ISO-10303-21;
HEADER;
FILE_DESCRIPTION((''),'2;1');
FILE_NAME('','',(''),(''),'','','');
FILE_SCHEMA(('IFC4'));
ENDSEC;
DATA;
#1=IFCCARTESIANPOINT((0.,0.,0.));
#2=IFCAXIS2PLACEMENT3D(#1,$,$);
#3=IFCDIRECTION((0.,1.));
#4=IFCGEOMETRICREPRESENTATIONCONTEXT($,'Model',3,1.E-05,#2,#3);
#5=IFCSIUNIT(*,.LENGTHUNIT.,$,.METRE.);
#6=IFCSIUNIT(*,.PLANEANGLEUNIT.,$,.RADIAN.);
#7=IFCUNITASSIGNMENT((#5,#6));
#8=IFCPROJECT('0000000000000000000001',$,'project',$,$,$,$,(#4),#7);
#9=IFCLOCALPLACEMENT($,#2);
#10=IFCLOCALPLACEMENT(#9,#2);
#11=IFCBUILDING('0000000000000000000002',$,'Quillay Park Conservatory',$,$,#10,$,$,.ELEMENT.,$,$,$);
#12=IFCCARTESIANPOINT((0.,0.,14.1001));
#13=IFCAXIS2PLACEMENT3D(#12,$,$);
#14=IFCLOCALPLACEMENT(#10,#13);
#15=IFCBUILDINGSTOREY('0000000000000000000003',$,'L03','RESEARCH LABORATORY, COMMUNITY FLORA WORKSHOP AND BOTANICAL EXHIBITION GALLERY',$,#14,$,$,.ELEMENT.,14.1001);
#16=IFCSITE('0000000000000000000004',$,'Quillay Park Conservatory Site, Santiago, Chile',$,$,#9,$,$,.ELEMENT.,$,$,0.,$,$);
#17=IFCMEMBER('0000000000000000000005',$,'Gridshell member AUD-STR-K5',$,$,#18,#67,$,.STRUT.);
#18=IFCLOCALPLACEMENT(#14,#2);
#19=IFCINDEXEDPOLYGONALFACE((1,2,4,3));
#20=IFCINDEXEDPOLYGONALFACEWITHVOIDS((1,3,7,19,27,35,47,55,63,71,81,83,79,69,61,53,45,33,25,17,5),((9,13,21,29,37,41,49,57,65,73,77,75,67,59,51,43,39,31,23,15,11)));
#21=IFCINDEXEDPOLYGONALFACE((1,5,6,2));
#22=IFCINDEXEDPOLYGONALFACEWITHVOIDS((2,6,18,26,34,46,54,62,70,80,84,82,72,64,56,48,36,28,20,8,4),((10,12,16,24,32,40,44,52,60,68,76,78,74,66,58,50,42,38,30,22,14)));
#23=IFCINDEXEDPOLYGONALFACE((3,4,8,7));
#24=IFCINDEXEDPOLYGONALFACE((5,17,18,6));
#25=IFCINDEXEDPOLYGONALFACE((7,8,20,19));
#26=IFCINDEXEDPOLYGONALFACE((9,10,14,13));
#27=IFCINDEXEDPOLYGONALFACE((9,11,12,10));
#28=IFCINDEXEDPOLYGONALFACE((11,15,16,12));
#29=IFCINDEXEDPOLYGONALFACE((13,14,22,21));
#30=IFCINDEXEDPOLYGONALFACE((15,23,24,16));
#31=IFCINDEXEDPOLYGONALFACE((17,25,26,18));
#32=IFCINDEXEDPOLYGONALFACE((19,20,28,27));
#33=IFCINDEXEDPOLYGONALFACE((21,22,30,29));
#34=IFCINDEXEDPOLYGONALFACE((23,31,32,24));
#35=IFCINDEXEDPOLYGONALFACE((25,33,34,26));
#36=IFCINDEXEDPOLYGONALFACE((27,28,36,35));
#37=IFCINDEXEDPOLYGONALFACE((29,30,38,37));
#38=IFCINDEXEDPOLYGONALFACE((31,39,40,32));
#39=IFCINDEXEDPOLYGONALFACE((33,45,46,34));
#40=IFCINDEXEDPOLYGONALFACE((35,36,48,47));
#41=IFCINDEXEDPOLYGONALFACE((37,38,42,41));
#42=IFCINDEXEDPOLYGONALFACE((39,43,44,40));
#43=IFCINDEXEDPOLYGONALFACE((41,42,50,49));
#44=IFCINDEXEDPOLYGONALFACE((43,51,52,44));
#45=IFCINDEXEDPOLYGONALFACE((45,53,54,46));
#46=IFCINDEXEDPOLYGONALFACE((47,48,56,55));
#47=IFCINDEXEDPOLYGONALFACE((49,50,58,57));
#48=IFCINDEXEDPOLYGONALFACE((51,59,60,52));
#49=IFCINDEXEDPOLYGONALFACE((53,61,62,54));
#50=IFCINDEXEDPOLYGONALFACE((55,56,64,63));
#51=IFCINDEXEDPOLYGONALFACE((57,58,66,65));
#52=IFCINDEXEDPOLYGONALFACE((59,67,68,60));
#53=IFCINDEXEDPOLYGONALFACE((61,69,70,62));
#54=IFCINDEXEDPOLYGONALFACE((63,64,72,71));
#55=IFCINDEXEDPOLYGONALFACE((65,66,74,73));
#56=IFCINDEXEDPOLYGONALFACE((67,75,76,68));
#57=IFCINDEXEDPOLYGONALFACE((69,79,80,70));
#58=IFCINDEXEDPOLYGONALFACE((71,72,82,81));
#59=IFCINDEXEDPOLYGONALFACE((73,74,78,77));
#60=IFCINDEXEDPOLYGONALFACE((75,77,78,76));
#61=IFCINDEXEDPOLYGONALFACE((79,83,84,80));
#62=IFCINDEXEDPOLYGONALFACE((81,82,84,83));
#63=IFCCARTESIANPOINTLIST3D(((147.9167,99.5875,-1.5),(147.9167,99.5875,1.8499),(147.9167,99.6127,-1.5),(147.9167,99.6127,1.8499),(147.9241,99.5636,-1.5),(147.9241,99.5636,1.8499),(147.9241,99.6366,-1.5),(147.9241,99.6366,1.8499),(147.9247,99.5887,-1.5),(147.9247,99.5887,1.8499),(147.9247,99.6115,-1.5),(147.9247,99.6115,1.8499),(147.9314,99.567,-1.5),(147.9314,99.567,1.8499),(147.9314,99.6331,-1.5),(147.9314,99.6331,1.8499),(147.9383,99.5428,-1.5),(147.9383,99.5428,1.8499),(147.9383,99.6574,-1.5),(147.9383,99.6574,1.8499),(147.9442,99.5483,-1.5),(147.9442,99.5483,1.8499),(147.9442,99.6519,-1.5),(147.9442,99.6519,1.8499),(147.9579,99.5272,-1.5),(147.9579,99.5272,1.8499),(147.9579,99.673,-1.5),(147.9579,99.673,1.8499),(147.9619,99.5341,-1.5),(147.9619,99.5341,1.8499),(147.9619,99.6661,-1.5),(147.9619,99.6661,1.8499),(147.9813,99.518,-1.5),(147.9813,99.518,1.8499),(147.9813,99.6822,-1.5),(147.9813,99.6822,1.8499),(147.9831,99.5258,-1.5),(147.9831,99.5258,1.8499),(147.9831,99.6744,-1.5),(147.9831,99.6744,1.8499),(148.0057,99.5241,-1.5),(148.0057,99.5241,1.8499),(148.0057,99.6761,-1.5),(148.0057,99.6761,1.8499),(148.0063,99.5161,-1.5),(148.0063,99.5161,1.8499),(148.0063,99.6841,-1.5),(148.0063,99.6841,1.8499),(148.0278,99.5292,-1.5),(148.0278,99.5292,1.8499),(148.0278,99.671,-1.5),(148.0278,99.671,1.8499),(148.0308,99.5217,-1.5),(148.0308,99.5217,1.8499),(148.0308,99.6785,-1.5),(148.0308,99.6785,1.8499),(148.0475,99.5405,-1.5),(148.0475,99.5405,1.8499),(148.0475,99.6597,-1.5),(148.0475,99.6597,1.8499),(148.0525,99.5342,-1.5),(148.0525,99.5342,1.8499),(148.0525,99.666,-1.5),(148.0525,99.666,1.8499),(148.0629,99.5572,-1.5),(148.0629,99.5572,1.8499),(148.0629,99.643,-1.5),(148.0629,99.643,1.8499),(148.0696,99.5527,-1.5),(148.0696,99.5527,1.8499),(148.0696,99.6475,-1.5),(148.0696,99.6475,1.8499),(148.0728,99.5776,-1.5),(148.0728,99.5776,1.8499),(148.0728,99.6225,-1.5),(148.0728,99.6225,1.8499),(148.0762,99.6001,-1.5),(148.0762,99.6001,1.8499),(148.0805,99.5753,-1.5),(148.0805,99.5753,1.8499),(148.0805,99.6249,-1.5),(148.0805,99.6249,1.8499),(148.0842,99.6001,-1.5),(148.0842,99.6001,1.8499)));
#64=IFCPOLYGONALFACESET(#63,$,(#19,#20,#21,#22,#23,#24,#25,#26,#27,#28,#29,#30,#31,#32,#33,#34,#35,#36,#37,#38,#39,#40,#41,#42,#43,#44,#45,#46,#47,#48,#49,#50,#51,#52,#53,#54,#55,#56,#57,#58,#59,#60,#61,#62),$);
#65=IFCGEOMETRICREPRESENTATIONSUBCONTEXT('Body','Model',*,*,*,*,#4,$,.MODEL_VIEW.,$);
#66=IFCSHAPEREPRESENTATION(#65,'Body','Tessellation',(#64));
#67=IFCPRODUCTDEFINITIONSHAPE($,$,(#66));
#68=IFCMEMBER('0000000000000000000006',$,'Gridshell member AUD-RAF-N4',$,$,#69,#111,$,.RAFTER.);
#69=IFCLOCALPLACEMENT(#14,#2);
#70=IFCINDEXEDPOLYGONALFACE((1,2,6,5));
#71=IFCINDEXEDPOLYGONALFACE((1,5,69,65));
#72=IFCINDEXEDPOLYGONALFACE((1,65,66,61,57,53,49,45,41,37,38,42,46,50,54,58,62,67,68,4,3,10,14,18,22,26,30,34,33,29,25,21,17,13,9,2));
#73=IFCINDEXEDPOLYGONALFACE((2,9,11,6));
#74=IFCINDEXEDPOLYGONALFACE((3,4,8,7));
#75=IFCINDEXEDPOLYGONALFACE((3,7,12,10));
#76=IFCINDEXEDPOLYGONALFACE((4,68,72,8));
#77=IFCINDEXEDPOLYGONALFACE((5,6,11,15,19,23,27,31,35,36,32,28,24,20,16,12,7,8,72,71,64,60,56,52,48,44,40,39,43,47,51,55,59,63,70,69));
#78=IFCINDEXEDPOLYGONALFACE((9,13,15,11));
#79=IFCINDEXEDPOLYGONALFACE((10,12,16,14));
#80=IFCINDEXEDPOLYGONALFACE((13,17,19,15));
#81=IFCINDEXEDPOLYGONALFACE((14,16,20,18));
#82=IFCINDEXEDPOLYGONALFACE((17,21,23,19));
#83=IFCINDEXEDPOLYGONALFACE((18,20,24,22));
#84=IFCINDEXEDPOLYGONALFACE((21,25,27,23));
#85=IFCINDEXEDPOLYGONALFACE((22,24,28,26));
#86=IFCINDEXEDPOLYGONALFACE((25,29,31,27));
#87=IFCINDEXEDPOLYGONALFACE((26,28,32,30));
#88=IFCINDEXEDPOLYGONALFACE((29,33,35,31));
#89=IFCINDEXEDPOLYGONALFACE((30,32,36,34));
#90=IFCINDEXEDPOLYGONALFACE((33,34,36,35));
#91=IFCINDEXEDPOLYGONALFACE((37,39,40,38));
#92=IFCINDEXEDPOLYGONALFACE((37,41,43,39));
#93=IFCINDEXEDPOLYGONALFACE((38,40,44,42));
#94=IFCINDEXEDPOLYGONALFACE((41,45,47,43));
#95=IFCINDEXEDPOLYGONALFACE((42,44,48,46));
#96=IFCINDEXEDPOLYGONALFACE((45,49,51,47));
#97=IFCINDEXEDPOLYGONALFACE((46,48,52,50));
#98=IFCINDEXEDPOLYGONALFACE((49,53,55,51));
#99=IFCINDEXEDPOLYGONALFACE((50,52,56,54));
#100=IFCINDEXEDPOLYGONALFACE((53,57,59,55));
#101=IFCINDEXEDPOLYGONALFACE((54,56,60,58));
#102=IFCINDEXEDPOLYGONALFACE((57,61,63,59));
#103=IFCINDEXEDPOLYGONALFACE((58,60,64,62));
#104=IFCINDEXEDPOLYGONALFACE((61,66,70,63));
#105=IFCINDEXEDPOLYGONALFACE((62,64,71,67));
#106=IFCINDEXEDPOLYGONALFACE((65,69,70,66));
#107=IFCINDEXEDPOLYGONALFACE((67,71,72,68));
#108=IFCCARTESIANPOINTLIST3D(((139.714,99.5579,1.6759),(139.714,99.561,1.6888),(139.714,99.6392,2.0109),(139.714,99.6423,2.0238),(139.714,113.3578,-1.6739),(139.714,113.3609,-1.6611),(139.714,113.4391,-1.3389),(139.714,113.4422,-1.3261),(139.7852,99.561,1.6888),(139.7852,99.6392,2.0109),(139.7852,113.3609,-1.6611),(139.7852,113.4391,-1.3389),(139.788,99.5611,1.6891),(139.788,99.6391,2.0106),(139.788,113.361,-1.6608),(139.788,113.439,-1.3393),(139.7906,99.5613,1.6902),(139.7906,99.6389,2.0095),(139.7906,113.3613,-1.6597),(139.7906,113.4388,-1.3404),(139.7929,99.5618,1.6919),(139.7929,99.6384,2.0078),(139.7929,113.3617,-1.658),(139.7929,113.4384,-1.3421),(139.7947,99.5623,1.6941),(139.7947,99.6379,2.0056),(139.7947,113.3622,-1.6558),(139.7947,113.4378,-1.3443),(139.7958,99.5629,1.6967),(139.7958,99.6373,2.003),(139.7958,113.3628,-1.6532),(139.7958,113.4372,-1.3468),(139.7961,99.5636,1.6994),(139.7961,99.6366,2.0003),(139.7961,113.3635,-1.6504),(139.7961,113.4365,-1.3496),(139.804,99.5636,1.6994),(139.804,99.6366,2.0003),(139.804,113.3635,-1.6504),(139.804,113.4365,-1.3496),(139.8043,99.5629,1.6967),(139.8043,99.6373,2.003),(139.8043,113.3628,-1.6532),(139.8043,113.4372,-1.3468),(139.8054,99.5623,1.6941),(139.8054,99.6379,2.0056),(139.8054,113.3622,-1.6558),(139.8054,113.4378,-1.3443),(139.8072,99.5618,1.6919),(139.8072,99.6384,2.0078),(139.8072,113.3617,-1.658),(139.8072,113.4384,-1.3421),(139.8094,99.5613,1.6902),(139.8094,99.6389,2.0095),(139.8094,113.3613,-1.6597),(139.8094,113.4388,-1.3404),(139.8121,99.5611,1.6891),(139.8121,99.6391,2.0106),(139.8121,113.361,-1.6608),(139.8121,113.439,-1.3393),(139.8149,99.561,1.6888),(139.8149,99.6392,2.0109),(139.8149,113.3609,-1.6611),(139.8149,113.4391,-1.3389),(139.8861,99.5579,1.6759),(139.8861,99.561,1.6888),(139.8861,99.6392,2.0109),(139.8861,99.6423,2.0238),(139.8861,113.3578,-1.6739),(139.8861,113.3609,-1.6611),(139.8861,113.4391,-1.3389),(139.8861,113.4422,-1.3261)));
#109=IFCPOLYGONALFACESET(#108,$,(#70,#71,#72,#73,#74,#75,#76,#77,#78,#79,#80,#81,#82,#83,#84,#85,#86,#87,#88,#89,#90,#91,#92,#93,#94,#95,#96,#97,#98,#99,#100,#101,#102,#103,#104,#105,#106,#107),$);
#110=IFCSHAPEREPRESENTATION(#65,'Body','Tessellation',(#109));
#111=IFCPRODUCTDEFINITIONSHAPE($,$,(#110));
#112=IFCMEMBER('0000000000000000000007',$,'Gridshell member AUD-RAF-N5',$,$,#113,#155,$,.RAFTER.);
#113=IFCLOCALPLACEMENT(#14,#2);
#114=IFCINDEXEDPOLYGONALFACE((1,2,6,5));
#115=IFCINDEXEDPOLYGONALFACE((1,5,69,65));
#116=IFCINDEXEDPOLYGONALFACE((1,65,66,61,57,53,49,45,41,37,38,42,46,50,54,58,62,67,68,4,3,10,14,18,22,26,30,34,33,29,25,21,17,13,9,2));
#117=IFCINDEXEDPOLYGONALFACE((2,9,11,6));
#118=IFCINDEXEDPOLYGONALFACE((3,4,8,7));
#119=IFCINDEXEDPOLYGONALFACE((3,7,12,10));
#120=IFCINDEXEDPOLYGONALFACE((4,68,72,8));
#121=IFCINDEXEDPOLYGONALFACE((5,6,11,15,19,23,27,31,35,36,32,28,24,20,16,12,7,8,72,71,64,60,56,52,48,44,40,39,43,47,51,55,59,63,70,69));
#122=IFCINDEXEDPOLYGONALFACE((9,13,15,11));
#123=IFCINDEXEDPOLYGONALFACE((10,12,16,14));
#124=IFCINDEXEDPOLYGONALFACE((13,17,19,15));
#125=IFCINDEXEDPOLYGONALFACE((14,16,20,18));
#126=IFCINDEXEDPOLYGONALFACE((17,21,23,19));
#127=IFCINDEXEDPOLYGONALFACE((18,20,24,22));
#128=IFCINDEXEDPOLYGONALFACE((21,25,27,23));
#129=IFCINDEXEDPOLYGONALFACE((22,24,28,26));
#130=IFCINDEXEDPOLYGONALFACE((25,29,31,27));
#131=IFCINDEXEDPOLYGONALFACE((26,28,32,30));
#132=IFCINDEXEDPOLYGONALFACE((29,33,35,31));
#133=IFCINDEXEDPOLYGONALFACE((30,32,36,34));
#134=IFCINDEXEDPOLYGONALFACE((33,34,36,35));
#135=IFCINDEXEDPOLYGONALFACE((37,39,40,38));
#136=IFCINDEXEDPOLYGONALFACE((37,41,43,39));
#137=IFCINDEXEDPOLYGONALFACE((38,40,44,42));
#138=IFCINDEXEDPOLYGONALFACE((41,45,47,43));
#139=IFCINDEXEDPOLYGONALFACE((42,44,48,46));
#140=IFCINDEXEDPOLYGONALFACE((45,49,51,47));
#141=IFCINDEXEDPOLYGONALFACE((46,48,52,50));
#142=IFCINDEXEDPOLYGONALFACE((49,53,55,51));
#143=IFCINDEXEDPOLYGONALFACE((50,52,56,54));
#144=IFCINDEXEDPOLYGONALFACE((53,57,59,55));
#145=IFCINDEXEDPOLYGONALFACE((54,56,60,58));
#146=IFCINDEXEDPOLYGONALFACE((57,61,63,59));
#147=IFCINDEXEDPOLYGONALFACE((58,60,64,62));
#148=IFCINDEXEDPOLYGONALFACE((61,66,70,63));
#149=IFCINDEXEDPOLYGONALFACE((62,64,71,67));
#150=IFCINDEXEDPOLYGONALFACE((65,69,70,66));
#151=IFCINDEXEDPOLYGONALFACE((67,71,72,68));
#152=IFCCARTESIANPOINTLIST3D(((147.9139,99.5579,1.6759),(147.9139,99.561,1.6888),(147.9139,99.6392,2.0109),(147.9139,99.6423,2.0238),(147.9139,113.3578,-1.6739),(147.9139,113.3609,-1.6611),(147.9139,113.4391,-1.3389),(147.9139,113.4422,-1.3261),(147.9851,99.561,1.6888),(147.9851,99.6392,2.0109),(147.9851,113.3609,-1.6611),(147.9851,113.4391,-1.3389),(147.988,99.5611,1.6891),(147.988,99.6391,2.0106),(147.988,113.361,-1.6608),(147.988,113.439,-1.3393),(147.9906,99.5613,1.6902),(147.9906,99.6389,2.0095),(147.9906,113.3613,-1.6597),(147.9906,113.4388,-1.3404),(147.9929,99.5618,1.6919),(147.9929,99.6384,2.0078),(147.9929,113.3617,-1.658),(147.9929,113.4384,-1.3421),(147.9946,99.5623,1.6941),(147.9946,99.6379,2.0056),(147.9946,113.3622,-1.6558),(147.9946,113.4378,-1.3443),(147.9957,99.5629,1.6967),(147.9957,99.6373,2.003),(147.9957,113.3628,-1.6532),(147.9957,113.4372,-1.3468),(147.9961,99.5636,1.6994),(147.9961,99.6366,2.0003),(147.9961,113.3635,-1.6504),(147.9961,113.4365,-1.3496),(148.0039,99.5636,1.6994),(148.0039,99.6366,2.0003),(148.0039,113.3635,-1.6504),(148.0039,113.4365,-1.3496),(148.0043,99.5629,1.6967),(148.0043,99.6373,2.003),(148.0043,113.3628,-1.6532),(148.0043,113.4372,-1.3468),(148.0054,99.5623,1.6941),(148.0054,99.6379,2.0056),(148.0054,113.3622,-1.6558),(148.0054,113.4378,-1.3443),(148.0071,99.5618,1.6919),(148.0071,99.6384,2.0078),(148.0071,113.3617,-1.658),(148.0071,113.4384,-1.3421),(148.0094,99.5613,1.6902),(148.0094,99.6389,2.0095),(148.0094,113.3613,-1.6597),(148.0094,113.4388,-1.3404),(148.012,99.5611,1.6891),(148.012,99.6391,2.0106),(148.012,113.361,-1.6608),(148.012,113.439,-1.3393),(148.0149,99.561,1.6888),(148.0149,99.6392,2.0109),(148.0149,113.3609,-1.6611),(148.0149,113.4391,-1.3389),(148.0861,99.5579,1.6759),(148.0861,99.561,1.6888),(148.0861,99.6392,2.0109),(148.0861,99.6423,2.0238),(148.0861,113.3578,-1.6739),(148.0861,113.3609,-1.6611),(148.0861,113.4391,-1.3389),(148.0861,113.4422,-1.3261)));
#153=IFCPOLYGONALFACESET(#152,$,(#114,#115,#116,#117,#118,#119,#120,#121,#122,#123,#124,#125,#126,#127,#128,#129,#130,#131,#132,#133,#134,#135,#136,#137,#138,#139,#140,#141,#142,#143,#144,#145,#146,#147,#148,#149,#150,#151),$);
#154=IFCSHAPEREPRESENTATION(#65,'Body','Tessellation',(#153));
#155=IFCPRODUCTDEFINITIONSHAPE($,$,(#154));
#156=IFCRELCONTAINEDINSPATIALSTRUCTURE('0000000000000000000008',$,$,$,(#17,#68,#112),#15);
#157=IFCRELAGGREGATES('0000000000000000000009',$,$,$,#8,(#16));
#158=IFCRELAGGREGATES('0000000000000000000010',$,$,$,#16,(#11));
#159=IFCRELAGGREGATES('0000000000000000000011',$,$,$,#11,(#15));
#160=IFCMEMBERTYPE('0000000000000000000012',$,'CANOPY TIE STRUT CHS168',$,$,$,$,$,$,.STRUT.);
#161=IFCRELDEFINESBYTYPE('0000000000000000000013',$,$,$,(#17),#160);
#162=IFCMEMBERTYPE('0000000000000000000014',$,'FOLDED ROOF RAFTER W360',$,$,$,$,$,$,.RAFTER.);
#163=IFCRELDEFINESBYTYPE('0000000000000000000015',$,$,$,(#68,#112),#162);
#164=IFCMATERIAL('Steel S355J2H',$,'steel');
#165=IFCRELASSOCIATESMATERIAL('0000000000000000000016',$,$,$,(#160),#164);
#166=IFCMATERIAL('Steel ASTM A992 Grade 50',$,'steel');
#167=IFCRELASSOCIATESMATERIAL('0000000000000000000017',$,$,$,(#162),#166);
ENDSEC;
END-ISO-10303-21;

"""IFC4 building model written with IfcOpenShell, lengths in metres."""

from ifc_helpers import new_model, si_unit, direction, frame, origin, origin_2d, place, context, subcontext, project, spatial, hollow_circle, i_section, extrude, material, material_profile, profile_set, type_object, element, save


model = new_model("IFC4")

# Units and contexts
model_context = context("Model", 3, precision=1e-05, world=origin(), true_north=direction((0.0, 1.0)))
body_context = subcontext(model_context, "Body", "Model", "MODEL_VIEW")
ifc_project = project(units=[si_unit("LENGTHUNIT", "METRE"), si_unit("PLANEANGLEUNIT", "RADIAN")], contexts=[model_context])

# Site, building, storey
site_placement = place(None, origin())
site = spatial("IfcSite", under=ifc_project, at=site_placement, Name="Quillay Park Conservatory Site, Santiago, Chile", CompositionType="ELEMENT", RefElevation=0.0)
building_placement = place(site_placement, origin())
building = spatial("IfcBuilding", under=site, at=building_placement, Name="Quillay Park Conservatory", CompositionType="ELEMENT")
storey_placement = place(building_placement, frame((0.0, 0.0, 14.1001)))
storey = spatial("IfcBuildingStorey", under=building, at=storey_placement, Name="L03", Description="RESEARCH LABORATORY, COMMUNITY FLORA WORKSHOP AND BOTANICAL EXHIBITION GALLERY", CompositionType="ELEMENT", Elevation=14.1001)

# Members
ifc_material_1 = material(Name="Steel S355J2H", Category="steel")
ifc_material_profile_1 = material_profile(ifc_material_1, hollow_circle(Radius=0.0842, WallThickness=0.0081, at=origin_2d()), Name="CHS168.3x8")
ifc_profile_set_1 = profile_set([ifc_material_profile_1], Name="Steel S355J2H")
member_type_1 = type_object("IfcMemberType", Name="CANOPY TIE STRUT CHS168", PredefinedType="STRUT", material=ifc_profile_set_1)
for number, where, z_axis, x_axis, name in (
    (1, (148.0, 99.6001, -1.5), (0.0, 0.0, 1.0), (1.0, 0.0, 0.0), "Gridshell member AUD-STR-K5"),
):
    element("IfcMember", number, at=place(storey_placement, frame(where, z_axis=z_axis, x_axis=x_axis)), inside=storey, type_object=member_type_1, Name=name, PredefinedType="STRUT", context=body_context, shape_type="SweptSolid", body=[
        extrude(hollow_circle(Radius=0.0842, WallThickness=0.0081, at=origin_2d()), origin(), (0.0, 0.0, 1.0), 3.3499),
    ])
ifc_material_2 = material(Name="Steel ASTM A992 Grade 50", Category="steel")
ifc_material_profile_2 = material_profile(ifc_material_2, i_section(OverallWidth=0.1721, OverallDepth=0.3579, WebThickness=0.0078, FlangeThickness=0.0132, FilletRadius=0.011, at=origin_2d()), Name="W360x57")
ifc_profile_set_2 = profile_set([ifc_material_profile_2], Name="Steel ASTM A992 Grade 50")
member_type_2 = type_object("IfcMemberType", Name="FOLDED ROOF RAFTER W360", PredefinedType="RAFTER", material=ifc_profile_set_2)
for number, where, z_axis, x_axis, name in (
    (2, (139.8, 99.6001, 1.8499), (0.0, 0.971778, -0.235896), (-1.0, 0.0, 0.0), "Gridshell member AUD-RAF-N4"),
    (3, (148.0, 99.6001, 1.8499), (0.0, 0.971778, -0.235896), (-1.0, 0.0, 0.0), "Gridshell member AUD-RAF-N5"),
):
    element("IfcMember", number, at=place(storey_placement, frame(where, z_axis=z_axis, x_axis=x_axis)), inside=storey, type_object=member_type_2, Name=name, PredefinedType="RAFTER", context=body_context, shape_type="SweptSolid", body=[
        extrude(i_section(OverallWidth=0.1721, OverallDepth=0.3579, WebThickness=0.0078, FlangeThickness=0.0132, FilletRadius=0.011, at=origin_2d()), origin(), (0.0, 0.0, 1.0), 14.2007),
    ])

save(model, "model.ifc")
